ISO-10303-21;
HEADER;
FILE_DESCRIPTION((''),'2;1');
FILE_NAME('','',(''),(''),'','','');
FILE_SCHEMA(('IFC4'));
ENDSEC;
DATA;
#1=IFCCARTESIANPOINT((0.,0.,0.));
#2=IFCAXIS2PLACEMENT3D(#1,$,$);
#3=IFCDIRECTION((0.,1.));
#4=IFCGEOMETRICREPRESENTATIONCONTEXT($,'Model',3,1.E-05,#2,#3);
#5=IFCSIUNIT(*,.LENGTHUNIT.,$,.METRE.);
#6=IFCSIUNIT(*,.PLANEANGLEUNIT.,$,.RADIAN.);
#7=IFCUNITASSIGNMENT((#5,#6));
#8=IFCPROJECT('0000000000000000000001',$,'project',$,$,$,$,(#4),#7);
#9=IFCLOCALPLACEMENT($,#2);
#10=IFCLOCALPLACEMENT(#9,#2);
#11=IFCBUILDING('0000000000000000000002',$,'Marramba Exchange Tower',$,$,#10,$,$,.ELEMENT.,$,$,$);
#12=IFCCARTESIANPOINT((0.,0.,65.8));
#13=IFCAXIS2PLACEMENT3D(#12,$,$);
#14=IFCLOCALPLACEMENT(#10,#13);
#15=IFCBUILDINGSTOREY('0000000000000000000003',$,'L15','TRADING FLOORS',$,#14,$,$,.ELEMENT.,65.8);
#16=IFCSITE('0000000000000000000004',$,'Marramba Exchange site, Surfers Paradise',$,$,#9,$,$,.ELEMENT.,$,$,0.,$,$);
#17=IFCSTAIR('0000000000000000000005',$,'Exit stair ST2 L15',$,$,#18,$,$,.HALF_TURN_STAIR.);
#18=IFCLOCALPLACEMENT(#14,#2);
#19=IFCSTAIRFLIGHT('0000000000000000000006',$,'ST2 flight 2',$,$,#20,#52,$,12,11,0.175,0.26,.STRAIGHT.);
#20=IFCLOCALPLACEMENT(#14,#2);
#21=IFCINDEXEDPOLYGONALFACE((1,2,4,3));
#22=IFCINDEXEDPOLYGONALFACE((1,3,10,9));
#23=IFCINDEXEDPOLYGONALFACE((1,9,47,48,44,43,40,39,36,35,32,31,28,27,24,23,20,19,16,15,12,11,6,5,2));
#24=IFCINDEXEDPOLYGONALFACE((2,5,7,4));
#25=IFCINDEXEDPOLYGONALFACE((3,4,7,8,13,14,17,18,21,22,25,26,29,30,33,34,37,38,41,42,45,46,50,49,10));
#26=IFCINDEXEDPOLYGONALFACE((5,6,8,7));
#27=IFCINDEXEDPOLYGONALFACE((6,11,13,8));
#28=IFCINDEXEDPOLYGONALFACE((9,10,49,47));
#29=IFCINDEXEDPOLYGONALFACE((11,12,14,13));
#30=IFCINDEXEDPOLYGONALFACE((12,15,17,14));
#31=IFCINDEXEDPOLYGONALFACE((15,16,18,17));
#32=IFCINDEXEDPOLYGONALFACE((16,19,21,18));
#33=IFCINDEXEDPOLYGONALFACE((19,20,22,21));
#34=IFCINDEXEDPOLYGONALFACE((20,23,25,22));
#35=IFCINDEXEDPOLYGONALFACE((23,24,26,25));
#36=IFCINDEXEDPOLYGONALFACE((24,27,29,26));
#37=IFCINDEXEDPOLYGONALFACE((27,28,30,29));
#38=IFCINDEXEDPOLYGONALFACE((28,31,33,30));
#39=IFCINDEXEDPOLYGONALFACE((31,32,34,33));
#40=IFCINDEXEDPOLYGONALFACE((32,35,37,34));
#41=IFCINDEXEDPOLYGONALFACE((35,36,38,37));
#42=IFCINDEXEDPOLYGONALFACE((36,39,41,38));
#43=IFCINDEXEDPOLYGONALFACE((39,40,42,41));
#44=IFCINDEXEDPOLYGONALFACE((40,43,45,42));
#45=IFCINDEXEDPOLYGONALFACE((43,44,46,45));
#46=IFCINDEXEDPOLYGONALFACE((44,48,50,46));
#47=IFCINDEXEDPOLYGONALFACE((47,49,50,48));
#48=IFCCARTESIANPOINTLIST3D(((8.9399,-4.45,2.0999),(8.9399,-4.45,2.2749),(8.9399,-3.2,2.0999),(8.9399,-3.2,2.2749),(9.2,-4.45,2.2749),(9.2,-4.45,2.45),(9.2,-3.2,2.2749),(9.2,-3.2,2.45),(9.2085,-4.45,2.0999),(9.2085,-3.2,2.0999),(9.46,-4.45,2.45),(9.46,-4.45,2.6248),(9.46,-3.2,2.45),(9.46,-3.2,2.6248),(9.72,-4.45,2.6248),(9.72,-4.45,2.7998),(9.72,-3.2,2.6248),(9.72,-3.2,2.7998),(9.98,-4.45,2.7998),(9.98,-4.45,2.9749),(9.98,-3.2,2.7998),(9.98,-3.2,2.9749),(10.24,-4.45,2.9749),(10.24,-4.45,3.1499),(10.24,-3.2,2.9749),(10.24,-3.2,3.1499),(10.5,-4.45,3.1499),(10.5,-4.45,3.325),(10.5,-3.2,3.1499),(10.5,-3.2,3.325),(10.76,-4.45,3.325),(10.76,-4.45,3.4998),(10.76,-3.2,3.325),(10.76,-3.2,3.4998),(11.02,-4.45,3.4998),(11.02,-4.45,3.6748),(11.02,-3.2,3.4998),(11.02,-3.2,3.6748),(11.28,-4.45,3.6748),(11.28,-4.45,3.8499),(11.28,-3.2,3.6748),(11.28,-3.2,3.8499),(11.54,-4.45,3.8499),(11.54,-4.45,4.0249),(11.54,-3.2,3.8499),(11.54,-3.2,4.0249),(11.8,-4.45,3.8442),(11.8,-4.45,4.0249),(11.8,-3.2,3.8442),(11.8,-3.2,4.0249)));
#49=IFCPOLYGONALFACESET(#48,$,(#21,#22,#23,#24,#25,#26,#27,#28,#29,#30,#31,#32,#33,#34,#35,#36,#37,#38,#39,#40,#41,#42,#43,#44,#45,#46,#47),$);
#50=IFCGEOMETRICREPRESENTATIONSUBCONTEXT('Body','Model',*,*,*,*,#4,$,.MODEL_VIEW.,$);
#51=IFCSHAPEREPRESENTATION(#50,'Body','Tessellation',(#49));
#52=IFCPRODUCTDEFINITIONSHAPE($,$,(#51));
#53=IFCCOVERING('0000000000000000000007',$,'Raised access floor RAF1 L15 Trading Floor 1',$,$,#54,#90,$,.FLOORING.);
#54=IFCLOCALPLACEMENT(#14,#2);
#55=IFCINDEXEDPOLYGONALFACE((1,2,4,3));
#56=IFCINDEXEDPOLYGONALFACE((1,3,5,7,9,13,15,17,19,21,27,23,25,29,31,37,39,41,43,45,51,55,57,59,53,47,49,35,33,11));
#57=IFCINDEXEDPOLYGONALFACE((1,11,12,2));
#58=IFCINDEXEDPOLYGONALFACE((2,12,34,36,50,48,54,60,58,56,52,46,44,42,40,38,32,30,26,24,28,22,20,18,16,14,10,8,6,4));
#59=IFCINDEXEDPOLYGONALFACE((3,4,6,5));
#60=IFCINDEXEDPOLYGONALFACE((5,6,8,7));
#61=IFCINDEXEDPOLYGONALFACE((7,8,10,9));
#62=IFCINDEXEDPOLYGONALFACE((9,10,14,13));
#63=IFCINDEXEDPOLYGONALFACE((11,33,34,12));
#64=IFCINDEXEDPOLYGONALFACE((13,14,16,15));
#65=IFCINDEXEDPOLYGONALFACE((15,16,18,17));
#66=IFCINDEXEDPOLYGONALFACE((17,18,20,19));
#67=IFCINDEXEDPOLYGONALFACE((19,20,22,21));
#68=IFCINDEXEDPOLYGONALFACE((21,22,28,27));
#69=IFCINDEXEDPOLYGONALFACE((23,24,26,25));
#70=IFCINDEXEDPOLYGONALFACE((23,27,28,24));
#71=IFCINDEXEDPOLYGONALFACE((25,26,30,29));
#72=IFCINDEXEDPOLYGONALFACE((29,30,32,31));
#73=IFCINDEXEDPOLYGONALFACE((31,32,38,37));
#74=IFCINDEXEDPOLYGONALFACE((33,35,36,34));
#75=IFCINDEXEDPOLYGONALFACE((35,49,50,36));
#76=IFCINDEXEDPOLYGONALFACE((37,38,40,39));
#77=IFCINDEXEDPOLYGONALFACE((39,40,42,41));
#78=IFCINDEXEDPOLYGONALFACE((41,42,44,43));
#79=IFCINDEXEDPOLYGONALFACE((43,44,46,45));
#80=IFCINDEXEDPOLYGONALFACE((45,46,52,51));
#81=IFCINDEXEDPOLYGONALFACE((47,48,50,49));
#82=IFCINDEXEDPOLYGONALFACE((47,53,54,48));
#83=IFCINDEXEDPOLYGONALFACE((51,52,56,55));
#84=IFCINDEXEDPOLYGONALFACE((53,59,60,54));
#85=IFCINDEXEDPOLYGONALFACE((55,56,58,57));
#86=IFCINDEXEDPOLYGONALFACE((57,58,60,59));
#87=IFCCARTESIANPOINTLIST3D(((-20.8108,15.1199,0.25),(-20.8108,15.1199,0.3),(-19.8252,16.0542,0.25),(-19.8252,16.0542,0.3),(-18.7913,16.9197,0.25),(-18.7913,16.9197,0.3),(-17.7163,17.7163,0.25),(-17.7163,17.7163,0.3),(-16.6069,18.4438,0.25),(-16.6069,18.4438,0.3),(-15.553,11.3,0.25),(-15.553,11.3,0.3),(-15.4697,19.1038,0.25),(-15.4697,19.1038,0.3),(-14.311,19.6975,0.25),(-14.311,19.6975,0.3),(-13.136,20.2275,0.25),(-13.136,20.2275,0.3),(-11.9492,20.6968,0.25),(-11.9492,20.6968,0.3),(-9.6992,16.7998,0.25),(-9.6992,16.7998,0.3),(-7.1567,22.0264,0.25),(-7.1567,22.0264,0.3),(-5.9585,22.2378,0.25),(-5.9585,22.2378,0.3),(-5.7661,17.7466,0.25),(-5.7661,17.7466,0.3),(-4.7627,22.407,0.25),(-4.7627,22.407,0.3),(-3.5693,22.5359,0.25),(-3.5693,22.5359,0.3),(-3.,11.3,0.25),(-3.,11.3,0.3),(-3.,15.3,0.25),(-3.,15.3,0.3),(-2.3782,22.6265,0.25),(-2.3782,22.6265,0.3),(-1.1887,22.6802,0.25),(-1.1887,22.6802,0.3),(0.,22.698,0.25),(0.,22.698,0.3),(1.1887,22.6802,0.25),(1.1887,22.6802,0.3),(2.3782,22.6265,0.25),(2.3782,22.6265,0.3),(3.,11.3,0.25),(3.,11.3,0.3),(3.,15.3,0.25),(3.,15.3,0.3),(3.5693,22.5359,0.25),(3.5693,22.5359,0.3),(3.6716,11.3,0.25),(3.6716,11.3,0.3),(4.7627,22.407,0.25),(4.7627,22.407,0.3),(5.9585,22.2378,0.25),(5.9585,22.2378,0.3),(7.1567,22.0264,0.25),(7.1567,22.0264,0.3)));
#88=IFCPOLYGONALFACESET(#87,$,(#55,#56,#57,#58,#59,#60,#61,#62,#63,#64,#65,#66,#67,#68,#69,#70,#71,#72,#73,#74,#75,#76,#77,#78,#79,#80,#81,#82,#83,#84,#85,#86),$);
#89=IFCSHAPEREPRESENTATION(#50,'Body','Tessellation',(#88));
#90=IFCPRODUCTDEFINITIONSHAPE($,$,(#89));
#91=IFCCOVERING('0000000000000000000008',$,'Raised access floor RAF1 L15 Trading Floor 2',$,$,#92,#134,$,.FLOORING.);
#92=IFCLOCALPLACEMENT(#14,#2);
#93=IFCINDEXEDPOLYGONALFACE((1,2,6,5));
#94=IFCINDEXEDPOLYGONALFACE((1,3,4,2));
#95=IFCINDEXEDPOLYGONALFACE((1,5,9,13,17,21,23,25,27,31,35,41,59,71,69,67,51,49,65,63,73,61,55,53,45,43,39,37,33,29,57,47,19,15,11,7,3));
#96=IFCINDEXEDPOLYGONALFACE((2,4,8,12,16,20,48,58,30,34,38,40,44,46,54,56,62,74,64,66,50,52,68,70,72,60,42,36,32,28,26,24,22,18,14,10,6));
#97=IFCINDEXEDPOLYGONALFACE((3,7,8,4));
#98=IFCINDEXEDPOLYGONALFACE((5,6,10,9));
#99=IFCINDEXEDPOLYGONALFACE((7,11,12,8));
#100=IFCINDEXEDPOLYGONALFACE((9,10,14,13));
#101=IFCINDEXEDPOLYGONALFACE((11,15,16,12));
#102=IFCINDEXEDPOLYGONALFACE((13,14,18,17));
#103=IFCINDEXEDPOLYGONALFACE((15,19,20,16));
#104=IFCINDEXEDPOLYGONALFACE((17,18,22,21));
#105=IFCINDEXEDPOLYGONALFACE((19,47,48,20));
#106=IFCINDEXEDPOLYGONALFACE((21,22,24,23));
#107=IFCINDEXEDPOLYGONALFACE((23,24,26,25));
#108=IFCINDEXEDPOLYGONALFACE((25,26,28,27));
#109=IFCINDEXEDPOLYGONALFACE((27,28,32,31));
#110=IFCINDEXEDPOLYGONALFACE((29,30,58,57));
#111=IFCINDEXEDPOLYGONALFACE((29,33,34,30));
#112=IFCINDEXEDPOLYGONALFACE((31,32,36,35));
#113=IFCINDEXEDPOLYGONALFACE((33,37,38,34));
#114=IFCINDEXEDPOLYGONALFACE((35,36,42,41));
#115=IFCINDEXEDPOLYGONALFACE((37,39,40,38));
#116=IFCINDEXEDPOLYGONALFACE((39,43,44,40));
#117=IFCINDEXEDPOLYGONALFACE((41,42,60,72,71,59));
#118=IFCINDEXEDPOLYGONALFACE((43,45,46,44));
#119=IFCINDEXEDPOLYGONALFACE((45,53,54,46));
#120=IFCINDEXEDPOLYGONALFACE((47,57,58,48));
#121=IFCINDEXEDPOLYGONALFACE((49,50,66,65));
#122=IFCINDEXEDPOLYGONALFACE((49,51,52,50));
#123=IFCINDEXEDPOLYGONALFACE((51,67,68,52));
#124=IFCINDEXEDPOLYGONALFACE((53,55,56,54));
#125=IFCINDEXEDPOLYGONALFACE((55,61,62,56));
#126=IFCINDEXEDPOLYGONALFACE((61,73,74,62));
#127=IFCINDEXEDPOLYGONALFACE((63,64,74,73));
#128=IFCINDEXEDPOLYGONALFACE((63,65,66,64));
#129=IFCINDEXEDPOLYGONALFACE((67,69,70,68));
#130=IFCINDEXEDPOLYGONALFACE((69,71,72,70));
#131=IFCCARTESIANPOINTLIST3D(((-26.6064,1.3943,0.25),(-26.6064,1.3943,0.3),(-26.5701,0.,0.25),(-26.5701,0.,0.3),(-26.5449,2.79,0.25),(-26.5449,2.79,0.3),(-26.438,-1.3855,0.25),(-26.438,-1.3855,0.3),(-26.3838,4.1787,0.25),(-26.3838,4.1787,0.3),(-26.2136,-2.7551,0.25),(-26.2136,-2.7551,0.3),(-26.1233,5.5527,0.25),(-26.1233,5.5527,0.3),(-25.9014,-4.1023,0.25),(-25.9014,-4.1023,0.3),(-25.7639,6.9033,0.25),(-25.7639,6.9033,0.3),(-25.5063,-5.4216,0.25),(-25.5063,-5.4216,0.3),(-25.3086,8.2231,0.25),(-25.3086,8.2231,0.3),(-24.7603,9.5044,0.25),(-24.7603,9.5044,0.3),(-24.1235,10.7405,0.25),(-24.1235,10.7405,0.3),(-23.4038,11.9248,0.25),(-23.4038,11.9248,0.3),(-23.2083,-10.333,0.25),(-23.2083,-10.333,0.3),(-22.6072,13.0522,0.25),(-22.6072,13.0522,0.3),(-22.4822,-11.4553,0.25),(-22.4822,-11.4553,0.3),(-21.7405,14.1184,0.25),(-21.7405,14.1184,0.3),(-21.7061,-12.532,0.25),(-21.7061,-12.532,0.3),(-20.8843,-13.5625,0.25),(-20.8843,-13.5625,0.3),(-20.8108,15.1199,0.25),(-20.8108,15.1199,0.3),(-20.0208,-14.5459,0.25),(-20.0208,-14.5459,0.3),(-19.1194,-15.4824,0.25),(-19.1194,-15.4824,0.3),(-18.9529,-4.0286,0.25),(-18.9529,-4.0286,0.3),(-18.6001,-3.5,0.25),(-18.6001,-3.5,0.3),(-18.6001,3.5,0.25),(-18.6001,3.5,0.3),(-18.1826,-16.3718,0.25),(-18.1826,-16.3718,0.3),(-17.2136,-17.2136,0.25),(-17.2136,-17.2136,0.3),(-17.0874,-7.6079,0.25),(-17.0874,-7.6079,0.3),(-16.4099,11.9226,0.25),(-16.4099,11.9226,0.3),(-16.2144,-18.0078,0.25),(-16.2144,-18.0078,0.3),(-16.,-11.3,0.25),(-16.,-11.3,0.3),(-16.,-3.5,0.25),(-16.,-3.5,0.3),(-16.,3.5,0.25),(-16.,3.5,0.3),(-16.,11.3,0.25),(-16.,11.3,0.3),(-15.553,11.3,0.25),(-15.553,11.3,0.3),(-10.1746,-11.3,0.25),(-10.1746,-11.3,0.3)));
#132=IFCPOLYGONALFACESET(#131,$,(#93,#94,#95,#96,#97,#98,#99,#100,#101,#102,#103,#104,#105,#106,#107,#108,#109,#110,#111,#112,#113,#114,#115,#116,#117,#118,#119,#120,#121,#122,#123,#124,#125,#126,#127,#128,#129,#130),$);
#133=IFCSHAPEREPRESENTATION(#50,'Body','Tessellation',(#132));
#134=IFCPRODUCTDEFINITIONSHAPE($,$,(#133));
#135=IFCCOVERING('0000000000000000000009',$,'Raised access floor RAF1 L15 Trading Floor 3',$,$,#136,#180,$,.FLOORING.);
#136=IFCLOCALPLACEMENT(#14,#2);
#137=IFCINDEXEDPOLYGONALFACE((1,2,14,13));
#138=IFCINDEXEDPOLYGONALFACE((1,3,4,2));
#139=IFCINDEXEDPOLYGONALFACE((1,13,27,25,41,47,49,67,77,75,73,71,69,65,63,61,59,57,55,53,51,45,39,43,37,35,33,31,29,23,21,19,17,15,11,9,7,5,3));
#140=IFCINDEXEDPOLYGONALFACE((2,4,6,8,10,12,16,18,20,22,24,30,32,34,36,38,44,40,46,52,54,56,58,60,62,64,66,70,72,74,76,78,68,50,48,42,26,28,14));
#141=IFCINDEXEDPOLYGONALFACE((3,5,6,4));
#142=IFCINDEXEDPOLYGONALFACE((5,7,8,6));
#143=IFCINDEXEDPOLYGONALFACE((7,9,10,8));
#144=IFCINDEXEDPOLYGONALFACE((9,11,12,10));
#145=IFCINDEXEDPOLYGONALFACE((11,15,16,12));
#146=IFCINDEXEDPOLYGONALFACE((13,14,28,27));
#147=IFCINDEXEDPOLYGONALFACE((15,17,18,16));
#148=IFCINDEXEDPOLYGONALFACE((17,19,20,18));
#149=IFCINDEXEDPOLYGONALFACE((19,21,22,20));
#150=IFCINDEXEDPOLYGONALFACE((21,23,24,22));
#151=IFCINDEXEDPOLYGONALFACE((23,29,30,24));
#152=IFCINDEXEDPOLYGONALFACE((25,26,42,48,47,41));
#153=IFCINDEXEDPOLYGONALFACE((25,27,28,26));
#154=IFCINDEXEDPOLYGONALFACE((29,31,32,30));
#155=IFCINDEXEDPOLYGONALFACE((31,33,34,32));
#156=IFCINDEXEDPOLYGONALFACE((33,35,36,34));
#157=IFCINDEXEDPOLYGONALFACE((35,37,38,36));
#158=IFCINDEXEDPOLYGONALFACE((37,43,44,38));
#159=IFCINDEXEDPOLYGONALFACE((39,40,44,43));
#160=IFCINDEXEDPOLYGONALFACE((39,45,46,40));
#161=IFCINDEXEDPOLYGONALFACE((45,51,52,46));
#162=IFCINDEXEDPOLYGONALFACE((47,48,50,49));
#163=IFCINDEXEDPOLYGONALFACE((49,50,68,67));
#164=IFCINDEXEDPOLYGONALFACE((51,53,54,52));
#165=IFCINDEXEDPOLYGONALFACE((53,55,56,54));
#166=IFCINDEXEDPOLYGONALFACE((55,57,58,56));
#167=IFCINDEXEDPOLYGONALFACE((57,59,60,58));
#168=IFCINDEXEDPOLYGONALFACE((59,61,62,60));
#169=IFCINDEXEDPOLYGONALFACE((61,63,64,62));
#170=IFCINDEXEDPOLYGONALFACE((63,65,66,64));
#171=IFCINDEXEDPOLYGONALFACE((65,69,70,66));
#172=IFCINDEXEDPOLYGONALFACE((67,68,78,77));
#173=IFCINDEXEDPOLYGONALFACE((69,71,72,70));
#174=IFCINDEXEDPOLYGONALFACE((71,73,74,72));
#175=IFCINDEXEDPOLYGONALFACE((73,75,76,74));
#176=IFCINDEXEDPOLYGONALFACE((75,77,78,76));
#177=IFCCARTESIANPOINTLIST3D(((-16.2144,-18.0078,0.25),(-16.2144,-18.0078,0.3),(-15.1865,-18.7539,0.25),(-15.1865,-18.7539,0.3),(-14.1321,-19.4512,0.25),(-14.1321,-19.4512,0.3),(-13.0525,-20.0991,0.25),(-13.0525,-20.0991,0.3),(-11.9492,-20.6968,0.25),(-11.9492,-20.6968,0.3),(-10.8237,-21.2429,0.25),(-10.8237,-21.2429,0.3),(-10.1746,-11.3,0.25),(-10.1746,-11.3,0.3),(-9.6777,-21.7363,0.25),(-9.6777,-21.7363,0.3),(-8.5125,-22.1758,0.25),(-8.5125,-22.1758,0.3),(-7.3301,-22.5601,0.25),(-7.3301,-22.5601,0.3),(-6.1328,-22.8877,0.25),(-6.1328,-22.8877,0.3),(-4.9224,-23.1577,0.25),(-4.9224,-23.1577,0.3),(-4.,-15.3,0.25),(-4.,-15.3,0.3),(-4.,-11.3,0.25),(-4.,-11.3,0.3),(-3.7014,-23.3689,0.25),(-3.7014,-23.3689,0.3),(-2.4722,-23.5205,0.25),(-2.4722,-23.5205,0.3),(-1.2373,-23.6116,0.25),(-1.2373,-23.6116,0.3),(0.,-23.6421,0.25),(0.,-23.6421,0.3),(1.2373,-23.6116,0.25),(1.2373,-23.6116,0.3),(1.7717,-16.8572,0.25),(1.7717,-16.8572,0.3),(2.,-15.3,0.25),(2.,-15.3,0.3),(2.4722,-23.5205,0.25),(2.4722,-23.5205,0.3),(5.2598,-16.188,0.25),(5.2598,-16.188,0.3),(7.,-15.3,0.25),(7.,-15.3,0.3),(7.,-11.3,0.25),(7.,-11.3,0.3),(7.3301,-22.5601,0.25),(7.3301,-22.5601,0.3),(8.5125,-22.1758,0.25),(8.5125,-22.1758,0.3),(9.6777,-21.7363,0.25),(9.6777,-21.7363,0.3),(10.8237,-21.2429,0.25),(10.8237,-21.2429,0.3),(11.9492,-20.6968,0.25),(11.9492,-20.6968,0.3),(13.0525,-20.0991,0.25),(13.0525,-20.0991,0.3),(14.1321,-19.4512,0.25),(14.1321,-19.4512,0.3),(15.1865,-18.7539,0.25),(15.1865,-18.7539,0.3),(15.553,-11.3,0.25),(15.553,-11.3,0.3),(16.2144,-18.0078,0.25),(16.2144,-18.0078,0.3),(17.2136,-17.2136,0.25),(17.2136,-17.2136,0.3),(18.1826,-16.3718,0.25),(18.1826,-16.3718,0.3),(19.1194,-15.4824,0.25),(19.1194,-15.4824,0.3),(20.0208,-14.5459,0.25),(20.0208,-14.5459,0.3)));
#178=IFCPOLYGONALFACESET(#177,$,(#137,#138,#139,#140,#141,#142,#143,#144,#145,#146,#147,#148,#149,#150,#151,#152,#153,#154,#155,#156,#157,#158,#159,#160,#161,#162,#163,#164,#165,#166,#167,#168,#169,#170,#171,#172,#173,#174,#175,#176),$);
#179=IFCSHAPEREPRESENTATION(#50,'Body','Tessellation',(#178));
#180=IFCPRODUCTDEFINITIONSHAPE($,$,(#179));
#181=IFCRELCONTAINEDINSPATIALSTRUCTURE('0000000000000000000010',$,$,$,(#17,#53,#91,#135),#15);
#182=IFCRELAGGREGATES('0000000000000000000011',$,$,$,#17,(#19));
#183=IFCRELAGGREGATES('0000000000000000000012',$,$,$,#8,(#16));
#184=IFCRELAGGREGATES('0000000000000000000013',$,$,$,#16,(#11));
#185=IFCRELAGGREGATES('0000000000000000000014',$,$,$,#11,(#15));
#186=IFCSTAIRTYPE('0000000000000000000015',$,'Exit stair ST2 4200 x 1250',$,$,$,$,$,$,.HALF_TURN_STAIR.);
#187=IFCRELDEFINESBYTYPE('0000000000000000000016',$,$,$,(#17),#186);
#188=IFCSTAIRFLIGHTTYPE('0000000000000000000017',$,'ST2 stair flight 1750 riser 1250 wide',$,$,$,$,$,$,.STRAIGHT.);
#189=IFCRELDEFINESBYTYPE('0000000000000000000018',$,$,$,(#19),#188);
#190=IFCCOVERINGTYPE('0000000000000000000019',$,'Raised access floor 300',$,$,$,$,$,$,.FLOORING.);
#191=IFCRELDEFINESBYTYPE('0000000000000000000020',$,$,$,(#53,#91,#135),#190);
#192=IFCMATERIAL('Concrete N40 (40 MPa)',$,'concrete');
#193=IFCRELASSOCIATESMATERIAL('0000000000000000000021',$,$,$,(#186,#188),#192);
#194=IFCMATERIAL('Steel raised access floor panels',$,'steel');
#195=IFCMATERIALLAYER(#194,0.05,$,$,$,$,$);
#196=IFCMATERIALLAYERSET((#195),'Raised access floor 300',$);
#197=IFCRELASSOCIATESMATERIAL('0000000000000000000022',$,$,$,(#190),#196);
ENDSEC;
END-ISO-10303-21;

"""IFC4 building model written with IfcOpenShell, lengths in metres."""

from ifc_helpers import new_model, si_unit, direction, frame, origin, place, context, subcontext, project, spatial, polyline, outline, extrude, material, layer, layer_set, type_object, element, aggregate, save


model = new_model("IFC4")

# Units and contexts
model_context = context("Model", 3, precision=1e-05, world=origin(), true_north=direction((0.0, 1.0)))
body_context = subcontext(model_context, "Body", "Model", "MODEL_VIEW")
ifc_project = project(units=[si_unit("LENGTHUNIT", "METRE"), si_unit("PLANEANGLEUNIT", "RADIAN")], contexts=[model_context])

# Site, building, storey
site_placement = place(None, origin())
site = spatial("IfcSite", under=ifc_project, at=site_placement, Name="Marramba Exchange site, Surfers Paradise", CompositionType="ELEMENT", RefElevation=0.0)
building_placement = place(site_placement, origin())
building = spatial("IfcBuilding", under=site, at=building_placement, Name="Marramba Exchange Tower", CompositionType="ELEMENT")
storey_placement = place(building_placement, frame((0.0, 0.0, 65.8)))
storey = spatial("IfcBuildingStorey", under=building, at=storey_placement, Name="L15", Description="TRADING FLOORS", CompositionType="ELEMENT", Elevation=65.8)

# Stair
ifc_material_1 = material(Name="Concrete N40 (40 MPa)", Category="concrete")
stair_type = type_object("IfcStairType", Name="Exit stair ST2 4200 x 1250", PredefinedType="HALF_TURN_STAIR", material=ifc_material_1)
stair_placement = place(storey_placement, origin())
stair = element("IfcStair", 1, at=stair_placement, inside=storey, type_object=stair_type, Name="Exit stair ST2 L15", PredefinedType="HALF_TURN_STAIR")

# Stair flight
stair_flight_type = type_object("IfcStairFlightType", Name="ST2 stair flight 1750 riser 1250 wide", PredefinedType="STRAIGHT", material=ifc_material_1)
stair_flight_placement = place(storey_placement, frame((8.9399, -3.825, 2.0999), z_axis=(0.0, 0.0, 1.0), x_axis=(1.0, 0.0, 0.0)))
stair_flight = element("IfcStairFlight", 2, at=stair_flight_placement, type_object=stair_flight_type, Name="ST2 flight 2", NumberOfRisers=12, NumberOfTreads=11, PredefinedType="STRAIGHT", RiserHeight=0.175, TreadLength=0.26, context=body_context, shape_type="SweptSolid", body=[
    extrude(outline(polyline([(0.0, 0.0), (0.0, 0.175), (0.26, 0.175), (0.26, 0.3501), (0.52, 0.3501), (0.52, 0.5249), (0.78, 0.5249), (0.78, 0.7), (1.04, 0.7), (1.04, 0.875), (1.3, 0.875), (1.3, 1.05), (1.5601, 1.05), (1.5601, 1.2251), (1.8201, 1.2251), (1.8201, 1.3999), (2.0801, 1.3999), (2.0801, 1.575), (2.3401, 1.575), (2.3401, 1.75), (2.6001, 1.75), (2.6001, 1.925), (2.8601, 1.925), (2.8601, 2.1001), (2.8601, 1.7444), (0.2686, 0.0), (0.0, 0.0)])), frame((0.0, 0.625, 0.0), z_axis=(0.0, -1.0, 0.0), x_axis=(1.0, 0.0, 0.0)), (0.0, 0.0, 1.0), 1.25),
])
aggregate(stair, [stair_flight])

# Coverings
ifc_material_2 = material(Name="Steel raised access floor panels", Category="steel")
ifc_layer_1 = layer(ifc_material_2, 0.05)
ifc_layer_set_1 = layer_set([ifc_layer_1], Name="Raised access floor 300")
covering_type_1 = type_object("IfcCoveringType", Name="Raised access floor 300", PredefinedType="FLOORING", material=ifc_layer_set_1)
covering_1_placement = place(storey_placement, frame((0.0, 0.0, 0.25)))
element("IfcCovering", 3, at=covering_1_placement, inside=storey, type_object=covering_type_1, Name="Raised access floor RAF1 L15 Trading Floor 1", PredefinedType="FLOORING", context=body_context, shape_type="SweptSolid", body=[
    extrude(outline(polyline([(-20.8108, 15.1199), (-19.8252, 16.0542), (-18.7913, 16.9197), (-17.7163, 17.7163), (-16.6069, 18.4438), (-15.4697, 19.1038), (-14.311, 19.6975), (-13.136, 20.2275), (-11.9492, 20.6968), (-9.6992, 16.7998), (-5.7661, 17.7466), (-7.1567, 22.0264), (-5.9585, 22.2378), (-4.7627, 22.407), (-3.5693, 22.5359), (-2.3782, 22.6265), (-1.1887, 22.6802), (0.0, 22.698), (1.1887, 22.6802), (2.3782, 22.6265), (3.5693, 22.5359), (4.7627, 22.407), (5.9585, 22.2378), (7.1567, 22.0264), (3.6716, 11.3), (3.0, 11.3), (3.0, 15.3), (-3.0, 15.3), (-3.0, 11.3), (-15.553, 11.3), (-20.8108, 15.1199)])), origin(), (0.0, 0.0, 1.0), 0.05),
])
covering_2_placement = place(storey_placement, frame((0.0, 0.0, 0.25)))
element("IfcCovering", 4, at=covering_2_placement, inside=storey, type_object=covering_type_1, Name="Raised access floor RAF1 L15 Trading Floor 2", PredefinedType="FLOORING", context=body_context, shape_type="SweptSolid", body=[
    extrude(outline(polyline([(-16.0, 3.5), (-18.6001, 3.5), (-18.6001, -3.5), (-16.0, -3.5), (-16.0, -11.3), (-10.1746, -11.3), (-16.2144, -18.0078), (-17.2136, -17.2136), (-18.1826, -16.3718), (-19.1194, -15.4824), (-20.0208, -14.5459), (-20.8843, -13.5625), (-21.7061, -12.532), (-22.4822, -11.4553), (-23.2083, -10.333), (-17.0874, -7.6079), (-18.9529, -4.0286), (-25.5063, -5.4216), (-25.9014, -4.1023), (-26.2136, -2.7551), (-26.438, -1.3855), (-26.5701, 0.0), (-26.6064, 1.3943), (-26.5449, 2.79), (-26.3838, 4.1787), (-26.1233, 5.5527), (-25.7639, 6.9033), (-25.3086, 8.2231), (-24.7603, 9.5044), (-24.1235, 10.7405), (-23.4038, 11.9248), (-22.6072, 13.0522), (-21.7405, 14.1184), (-20.8108, 15.1199), (-16.4099, 11.9226), (-15.553, 11.3), (-16.0, 11.3), (-16.0, 3.5)])), origin(), (0.0, 0.0, 1.0), 0.05),
])
covering_3_placement = place(storey_placement, frame((0.0, 0.0, 0.25)))
element("IfcCovering", 5, at=covering_3_placement, inside=storey, type_object=covering_type_1, Name="Raised access floor RAF1 L15 Trading Floor 3", PredefinedType="FLOORING", context=body_context, shape_type="SweptSolid", body=[
    extrude(outline(polyline([(20.0208, -14.5459), (19.1194, -15.4824), (18.1826, -16.3718), (17.2136, -17.2136), (16.2144, -18.0078), (15.1865, -18.7539), (14.1321, -19.4512), (13.0525, -20.0991), (11.9492, -20.6968), (10.8237, -21.2429), (9.6777, -21.7363), (8.5125, -22.1758), (7.3301, -22.5601), (5.2598, -16.188), (1.7717, -16.8572), (2.4722, -23.5205), (1.2373, -23.6116), (0.0, -23.6421), (-1.2373, -23.6116), (-2.4722, -23.5205), (-3.7014, -23.3689), (-4.9224, -23.1577), (-6.1328, -22.8877), (-7.3301, -22.5601), (-8.5125, -22.1758), (-9.6777, -21.7363), (-10.8237, -21.2429), (-11.9492, -20.6968), (-13.0525, -20.0991), (-14.1321, -19.4512), (-15.1865, -18.7539), (-16.2144, -18.0078), (-10.1746, -11.3), (-4.0, -11.3), (-4.0, -15.3), (2.0, -15.3), (7.0, -15.3), (7.0, -11.3), (15.553, -11.3), (20.0208, -14.5459)])), origin(), (0.0, 0.0, 1.0), 0.05),
])

save(model, "model.ifc")
